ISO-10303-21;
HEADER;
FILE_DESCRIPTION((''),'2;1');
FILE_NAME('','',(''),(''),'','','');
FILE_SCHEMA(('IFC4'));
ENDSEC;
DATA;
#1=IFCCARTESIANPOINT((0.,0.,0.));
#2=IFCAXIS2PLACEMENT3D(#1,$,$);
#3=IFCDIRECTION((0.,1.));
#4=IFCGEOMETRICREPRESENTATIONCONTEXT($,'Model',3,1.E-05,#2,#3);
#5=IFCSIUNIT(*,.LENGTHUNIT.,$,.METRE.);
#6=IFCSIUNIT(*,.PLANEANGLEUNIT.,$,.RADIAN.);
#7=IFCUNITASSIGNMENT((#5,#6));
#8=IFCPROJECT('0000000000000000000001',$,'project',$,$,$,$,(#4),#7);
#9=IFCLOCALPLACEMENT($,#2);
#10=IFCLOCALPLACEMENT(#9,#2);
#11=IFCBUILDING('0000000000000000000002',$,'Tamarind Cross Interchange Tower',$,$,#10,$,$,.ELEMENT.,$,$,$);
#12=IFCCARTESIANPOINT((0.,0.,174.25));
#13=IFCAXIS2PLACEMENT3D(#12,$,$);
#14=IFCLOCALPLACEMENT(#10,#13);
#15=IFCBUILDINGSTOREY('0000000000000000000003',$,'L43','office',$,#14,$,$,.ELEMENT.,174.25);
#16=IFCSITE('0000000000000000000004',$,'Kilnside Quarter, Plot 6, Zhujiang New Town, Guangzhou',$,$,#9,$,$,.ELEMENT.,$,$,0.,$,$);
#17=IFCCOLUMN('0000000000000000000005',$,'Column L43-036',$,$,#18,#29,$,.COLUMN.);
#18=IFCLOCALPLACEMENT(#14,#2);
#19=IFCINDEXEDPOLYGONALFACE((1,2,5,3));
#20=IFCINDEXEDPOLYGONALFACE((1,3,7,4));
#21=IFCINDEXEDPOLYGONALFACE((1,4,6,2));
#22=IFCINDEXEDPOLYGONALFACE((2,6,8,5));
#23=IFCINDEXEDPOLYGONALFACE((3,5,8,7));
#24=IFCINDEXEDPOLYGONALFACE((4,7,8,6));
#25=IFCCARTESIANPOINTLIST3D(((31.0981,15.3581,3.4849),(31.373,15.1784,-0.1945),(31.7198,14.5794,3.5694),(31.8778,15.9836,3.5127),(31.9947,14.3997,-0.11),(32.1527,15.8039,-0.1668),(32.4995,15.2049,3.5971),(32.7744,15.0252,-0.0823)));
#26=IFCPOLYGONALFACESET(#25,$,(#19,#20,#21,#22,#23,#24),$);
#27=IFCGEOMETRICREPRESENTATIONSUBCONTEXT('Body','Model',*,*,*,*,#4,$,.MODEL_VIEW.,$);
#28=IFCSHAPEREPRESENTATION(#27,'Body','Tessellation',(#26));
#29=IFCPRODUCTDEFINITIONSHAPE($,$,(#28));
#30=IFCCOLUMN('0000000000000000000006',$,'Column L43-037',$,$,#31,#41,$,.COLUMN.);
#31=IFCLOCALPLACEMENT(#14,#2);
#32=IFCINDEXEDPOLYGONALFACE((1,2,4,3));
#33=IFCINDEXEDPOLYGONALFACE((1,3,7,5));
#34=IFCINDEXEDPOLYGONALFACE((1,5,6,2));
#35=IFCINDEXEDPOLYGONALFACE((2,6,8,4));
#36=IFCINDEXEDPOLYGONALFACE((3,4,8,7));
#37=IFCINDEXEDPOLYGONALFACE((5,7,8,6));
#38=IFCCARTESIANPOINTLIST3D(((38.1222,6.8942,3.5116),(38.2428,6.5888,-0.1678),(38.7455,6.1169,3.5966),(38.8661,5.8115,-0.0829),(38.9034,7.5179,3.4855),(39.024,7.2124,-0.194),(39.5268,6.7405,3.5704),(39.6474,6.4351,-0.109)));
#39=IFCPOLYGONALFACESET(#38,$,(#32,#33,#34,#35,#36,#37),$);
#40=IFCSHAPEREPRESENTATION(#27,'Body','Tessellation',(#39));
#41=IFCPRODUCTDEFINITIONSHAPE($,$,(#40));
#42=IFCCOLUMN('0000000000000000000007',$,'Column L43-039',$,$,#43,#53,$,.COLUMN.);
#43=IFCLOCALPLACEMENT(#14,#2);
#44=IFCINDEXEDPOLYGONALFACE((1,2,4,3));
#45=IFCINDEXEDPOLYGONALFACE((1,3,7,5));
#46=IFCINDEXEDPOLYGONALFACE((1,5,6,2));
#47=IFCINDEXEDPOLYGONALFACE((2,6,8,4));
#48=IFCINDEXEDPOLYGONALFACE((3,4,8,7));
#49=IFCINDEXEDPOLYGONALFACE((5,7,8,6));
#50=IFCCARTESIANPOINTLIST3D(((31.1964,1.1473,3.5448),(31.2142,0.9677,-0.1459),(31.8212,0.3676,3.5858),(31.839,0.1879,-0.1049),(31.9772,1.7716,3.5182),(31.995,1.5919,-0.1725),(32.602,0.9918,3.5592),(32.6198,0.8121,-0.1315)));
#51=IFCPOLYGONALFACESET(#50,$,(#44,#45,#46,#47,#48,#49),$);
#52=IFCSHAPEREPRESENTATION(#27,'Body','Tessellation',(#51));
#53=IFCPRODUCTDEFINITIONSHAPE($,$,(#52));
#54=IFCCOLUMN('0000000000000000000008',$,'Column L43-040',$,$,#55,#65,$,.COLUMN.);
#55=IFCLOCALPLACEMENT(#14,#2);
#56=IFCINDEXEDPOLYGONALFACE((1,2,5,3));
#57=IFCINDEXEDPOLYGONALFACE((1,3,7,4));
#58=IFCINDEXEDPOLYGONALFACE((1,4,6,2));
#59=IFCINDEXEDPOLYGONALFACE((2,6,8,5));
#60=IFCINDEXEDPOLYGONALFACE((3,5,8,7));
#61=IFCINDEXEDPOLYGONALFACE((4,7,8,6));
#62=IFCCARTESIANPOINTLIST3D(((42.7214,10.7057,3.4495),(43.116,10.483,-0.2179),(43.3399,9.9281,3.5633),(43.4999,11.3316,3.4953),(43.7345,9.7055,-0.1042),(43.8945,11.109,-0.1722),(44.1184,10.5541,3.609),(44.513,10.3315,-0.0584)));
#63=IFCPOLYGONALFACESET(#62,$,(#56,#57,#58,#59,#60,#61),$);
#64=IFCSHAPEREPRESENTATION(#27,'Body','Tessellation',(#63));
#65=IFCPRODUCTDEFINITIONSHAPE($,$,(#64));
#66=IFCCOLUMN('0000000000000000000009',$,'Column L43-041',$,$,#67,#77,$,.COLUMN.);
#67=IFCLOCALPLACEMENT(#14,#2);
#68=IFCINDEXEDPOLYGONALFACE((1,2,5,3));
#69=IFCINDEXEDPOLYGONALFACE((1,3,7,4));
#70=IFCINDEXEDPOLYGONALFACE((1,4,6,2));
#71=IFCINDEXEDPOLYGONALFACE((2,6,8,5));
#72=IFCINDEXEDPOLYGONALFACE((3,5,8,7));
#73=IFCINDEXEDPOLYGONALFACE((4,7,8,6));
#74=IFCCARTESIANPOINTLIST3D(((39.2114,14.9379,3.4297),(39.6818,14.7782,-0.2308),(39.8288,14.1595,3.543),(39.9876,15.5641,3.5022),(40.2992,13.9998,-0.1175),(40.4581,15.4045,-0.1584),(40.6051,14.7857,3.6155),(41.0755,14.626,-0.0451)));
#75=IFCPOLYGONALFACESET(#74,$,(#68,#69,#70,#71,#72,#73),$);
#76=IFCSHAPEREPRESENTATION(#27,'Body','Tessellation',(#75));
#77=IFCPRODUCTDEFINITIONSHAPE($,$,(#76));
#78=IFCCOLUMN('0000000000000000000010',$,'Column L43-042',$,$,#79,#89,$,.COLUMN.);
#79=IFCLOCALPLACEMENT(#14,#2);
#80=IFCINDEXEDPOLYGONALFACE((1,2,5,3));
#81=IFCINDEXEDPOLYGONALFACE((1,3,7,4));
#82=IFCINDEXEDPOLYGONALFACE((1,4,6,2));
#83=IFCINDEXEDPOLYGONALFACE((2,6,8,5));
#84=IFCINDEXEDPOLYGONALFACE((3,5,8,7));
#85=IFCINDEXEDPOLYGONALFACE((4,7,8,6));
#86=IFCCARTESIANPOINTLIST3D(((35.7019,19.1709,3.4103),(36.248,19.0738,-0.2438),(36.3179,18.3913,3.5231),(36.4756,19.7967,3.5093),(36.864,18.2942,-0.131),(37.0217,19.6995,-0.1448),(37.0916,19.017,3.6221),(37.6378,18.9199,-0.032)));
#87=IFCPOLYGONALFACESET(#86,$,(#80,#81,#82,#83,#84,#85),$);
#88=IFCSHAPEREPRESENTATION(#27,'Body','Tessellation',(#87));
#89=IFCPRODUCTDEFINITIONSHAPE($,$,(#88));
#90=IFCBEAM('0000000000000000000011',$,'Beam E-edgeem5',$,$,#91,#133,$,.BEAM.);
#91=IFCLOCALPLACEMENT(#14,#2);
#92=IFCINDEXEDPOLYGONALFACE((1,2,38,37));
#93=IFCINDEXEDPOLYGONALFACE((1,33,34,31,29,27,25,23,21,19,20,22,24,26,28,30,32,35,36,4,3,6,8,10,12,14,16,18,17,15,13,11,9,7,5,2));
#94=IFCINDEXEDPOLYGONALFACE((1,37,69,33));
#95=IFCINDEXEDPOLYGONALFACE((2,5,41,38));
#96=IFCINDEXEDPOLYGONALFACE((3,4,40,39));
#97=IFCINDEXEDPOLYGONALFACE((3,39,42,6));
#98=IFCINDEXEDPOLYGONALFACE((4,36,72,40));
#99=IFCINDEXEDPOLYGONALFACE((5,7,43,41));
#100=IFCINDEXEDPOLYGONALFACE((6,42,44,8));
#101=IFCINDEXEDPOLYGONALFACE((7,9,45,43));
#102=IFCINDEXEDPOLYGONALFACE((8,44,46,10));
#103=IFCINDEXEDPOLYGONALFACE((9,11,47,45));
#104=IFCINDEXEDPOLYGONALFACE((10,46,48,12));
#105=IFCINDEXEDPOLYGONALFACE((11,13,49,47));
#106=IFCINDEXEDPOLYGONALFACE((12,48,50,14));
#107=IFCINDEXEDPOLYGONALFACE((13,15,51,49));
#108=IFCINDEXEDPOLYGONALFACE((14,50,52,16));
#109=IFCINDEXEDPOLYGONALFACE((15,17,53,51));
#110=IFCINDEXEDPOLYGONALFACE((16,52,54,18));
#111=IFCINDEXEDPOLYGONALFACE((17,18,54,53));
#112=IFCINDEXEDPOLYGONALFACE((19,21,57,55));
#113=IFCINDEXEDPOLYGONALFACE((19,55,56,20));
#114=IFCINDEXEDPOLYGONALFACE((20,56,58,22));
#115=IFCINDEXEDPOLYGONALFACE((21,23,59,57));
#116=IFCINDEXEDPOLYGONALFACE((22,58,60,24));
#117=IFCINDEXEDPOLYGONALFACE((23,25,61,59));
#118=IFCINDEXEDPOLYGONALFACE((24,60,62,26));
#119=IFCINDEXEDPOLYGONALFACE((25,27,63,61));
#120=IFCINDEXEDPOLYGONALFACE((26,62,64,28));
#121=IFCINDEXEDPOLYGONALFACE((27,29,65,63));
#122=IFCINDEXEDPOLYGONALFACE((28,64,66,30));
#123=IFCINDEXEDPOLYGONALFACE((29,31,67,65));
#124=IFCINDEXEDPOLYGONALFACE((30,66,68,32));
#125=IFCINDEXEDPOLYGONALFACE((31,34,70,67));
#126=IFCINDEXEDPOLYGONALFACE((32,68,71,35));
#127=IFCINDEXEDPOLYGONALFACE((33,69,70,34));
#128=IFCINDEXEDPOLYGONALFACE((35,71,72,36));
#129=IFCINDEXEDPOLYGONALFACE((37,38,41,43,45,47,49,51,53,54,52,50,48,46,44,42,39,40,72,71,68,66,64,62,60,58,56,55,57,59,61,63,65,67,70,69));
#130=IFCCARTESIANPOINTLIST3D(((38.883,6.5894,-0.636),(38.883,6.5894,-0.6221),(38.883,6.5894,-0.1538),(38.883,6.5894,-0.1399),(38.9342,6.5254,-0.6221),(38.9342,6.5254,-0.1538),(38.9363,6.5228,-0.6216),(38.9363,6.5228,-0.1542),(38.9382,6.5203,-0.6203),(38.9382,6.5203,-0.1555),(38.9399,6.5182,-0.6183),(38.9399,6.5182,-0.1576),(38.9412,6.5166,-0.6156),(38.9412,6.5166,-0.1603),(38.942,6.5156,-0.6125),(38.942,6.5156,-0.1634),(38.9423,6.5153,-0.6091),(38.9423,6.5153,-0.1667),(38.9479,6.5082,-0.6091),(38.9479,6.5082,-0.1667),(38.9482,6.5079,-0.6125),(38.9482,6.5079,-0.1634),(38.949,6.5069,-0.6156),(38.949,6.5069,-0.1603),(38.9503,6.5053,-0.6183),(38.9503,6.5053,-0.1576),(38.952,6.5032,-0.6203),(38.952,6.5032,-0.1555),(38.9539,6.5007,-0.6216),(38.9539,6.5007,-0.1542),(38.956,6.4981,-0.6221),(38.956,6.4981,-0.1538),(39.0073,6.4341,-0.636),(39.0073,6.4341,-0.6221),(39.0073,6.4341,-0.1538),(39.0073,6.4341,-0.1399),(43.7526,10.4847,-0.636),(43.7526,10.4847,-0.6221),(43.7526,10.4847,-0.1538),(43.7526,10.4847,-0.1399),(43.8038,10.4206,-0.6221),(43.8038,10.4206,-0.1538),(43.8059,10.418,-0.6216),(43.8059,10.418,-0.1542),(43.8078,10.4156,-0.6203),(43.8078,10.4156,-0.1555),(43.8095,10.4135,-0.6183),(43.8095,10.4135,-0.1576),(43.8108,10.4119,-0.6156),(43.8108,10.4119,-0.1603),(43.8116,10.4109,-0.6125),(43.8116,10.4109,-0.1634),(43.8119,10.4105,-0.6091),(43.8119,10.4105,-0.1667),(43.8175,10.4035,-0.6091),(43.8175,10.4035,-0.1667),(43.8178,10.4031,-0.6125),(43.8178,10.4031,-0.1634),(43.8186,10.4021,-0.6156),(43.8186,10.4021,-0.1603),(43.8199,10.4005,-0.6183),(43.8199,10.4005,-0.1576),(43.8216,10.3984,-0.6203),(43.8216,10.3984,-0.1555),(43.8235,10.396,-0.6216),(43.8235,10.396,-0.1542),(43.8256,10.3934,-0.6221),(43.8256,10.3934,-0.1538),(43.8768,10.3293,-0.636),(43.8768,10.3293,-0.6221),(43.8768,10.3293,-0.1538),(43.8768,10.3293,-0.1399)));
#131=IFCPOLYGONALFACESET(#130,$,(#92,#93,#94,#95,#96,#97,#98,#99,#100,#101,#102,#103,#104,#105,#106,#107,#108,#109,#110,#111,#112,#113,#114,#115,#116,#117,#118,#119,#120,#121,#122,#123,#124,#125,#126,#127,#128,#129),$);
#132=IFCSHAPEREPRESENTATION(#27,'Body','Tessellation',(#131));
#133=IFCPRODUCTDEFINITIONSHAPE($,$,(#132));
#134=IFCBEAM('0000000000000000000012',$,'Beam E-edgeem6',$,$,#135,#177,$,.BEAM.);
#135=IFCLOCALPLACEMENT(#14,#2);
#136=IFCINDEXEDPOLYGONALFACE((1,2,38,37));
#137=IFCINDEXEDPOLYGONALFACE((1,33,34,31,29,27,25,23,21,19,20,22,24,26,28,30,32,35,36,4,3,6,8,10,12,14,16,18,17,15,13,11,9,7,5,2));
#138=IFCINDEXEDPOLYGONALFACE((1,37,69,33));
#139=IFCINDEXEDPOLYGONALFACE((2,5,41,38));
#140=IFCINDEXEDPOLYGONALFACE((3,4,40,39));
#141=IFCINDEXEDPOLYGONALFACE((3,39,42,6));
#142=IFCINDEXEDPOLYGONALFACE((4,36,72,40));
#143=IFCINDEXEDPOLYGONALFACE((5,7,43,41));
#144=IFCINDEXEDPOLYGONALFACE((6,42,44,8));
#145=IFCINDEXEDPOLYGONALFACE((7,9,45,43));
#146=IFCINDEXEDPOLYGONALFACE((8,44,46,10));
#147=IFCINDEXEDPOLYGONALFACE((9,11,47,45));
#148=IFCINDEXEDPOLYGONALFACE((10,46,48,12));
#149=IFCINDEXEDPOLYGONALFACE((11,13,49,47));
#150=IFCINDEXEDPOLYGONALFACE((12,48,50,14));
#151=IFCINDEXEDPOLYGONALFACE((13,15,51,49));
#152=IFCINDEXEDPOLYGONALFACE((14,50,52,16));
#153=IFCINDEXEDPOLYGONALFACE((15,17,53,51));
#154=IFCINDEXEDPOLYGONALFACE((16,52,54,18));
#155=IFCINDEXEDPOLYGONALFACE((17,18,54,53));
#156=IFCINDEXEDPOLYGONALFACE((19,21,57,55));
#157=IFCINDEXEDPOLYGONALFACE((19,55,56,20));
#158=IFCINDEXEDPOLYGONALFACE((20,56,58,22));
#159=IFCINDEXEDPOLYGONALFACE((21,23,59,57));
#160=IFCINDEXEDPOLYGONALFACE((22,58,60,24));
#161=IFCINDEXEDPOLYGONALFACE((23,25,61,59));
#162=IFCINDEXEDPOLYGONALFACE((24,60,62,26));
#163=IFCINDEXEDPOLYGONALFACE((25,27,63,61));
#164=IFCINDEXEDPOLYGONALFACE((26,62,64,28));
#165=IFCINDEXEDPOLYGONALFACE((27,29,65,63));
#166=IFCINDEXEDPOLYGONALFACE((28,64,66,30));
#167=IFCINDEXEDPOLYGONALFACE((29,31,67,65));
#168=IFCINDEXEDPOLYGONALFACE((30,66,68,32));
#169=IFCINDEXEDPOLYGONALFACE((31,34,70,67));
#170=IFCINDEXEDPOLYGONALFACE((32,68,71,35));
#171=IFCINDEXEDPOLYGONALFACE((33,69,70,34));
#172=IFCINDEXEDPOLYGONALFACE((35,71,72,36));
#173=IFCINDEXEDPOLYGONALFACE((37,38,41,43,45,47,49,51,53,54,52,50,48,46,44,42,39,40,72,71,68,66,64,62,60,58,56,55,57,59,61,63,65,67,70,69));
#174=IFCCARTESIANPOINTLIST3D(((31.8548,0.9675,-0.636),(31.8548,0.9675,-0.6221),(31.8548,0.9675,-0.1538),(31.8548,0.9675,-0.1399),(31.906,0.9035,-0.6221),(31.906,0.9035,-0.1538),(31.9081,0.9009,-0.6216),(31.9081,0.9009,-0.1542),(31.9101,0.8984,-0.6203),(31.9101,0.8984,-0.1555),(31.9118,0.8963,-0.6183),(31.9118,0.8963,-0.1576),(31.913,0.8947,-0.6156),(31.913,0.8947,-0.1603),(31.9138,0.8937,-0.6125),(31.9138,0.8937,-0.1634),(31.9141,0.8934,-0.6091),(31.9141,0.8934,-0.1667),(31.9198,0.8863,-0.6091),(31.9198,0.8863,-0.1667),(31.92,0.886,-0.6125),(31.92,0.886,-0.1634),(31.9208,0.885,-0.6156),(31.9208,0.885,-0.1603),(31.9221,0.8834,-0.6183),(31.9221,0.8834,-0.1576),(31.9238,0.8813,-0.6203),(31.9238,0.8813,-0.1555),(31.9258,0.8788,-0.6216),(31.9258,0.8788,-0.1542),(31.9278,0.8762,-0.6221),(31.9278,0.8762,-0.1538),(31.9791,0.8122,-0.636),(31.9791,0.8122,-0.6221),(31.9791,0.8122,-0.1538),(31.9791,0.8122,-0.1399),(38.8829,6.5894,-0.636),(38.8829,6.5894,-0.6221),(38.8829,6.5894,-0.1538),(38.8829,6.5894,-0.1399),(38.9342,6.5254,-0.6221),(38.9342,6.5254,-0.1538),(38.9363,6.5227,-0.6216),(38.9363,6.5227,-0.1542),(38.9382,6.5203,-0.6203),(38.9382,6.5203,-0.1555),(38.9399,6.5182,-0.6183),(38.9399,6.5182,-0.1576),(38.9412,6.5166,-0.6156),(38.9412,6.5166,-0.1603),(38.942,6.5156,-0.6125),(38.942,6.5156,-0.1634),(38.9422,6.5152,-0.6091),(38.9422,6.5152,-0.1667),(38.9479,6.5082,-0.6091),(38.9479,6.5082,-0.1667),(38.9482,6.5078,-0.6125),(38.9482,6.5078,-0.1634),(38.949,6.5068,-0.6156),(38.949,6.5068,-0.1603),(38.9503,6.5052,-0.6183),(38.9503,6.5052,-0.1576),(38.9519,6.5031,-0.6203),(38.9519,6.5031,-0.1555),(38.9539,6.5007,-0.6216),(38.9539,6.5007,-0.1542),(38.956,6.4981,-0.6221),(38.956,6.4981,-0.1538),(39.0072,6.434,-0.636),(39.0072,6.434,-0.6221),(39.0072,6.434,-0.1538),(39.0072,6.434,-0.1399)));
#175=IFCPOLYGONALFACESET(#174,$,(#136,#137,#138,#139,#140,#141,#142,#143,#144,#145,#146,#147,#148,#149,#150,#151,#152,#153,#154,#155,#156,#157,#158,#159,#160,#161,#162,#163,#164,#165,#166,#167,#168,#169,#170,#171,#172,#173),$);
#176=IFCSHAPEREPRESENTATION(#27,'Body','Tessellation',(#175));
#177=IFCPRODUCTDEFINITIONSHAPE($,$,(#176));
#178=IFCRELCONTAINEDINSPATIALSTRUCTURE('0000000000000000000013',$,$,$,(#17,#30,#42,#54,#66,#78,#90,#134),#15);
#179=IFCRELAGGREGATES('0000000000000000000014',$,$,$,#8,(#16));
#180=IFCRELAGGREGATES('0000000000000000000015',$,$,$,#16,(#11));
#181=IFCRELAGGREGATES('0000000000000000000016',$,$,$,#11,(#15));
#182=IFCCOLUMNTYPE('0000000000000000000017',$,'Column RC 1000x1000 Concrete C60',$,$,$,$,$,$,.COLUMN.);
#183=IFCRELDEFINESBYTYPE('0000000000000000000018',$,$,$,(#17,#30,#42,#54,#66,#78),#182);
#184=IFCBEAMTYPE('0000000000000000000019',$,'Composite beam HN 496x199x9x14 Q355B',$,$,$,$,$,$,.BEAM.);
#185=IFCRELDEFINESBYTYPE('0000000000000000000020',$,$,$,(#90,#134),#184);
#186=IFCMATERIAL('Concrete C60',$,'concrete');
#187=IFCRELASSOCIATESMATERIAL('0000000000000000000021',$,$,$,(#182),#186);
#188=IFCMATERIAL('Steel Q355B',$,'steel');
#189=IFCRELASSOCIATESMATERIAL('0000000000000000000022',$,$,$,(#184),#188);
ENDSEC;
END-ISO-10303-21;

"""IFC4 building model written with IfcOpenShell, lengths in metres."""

from ifc_helpers import new_model, si_unit, direction, frame, origin, origin_2d, place, context, subcontext, project, spatial, rectangle, i_section, extrude, material, material_profile, profile_set, type_object, element, save


model = new_model("IFC4")

# Units and contexts
model_context = context("Model", 3, precision=1e-05, world=origin(), true_north=direction((0.0, 1.0)))
body_context = subcontext(model_context, "Body", "Model", "MODEL_VIEW")
ifc_project = project(units=[si_unit("LENGTHUNIT", "METRE"), si_unit("PLANEANGLEUNIT", "RADIAN")], contexts=[model_context])

# Site, building, storey
site_placement = place(None, origin())
site = spatial("IfcSite", under=ifc_project, at=site_placement, Name="Kilnside Quarter, Plot 6, Zhujiang New Town, Guangzhou", CompositionType="ELEMENT", RefElevation=0.0)
building_placement = place(site_placement, origin())
building = spatial("IfcBuilding", under=site, at=building_placement, Name="Tamarind Cross Interchange Tower", CompositionType="ELEMENT")
storey_placement = place(building_placement, frame((0.0, 0.0, 174.25)))
storey = spatial("IfcBuildingStorey", under=building, at=storey_placement, Name="L43", Description="office", CompositionType="ELEMENT", Elevation=174.25)

# Columns
ifc_material_1 = material(Name="Concrete C60", Category="concrete")
ifc_material_profile_1 = material_profile(ifc_material_1, rectangle(XDim=1.0, YDim=1.0, at=origin_2d()), Name="RC 1000x1000")
ifc_profile_set_1 = profile_set([ifc_material_profile_1], Name="Concrete C60")
column_type = type_object("IfcColumnType", Name="Column RC 1000x1000 Concrete C60", PredefinedType="COLUMN", material=ifc_profile_set_1)
for number, where, z_axis, x_axis, name in (
    (1, (32.0737, 15.1018, -0.1384), (-0.074417, 0.048642, 0.99604), (0.621696, -0.77869, 0.084477), "Column L43-036"),
    (2, (38.9451, 6.512, -0.1384), (-0.032648, 0.082679, 0.996041), (-0.781269, -0.623646, 0.026158), "Column L43-037"),
):
    element("IfcColumn", number, at=place(storey_placement, frame(where, z_axis=z_axis, x_axis=x_axis)), inside=storey, type_object=column_type, Name=name, PredefinedType="COLUMN", context=body_context, shape_type="SweptSolid", body=[
        extrude(rectangle(XDim=1.0, YDim=1.0, at=origin_2d()), origin(), (0.0, 0.0, 1.0), 3.6941),
    ])
column_1_placement = place(storey_placement, frame((31.917, 0.8899, -0.1387), z_axis=(-0.004823, 0.048629, 0.998805), x_axis=(-0.780796, -0.624219, 0.026621)))
element("IfcColumn", 3, at=column_1_placement, inside=storey, type_object=column_type, Name="Column L43-039", PredefinedType="COLUMN", context=body_context, shape_type="SweptSolid", body=[
    extrude(rectangle(XDim=1.0, YDim=1.0, at=origin_2d()), origin(), (0.0, 0.0, 1.0), 3.6951),
])
column_2_placement = place(storey_placement, frame((43.8145, 10.4072, -0.1382), z_axis=(-0.106764, 0.060253, 0.992457), x_axis=(0.618496, -0.777513, 0.113739)))
element("IfcColumn", 4, at=column_2_placement, inside=storey, type_object=column_type, Name="Column L43-040", PredefinedType="COLUMN", context=body_context, shape_type="SweptSolid", body=[
    extrude(rectangle(XDim=1.0, YDim=1.0, at=origin_2d()), origin(), (0.0, 0.0, 1.0), 3.6953),
])
column_3_placement = place(storey_placement, frame((40.3787, 14.7021, -0.1379), z_axis=(-0.127351, 0.043221, 0.990916), x_axis=(0.617416, -0.778435, 0.113302)))
element("IfcColumn", 5, at=column_3_placement, inside=storey, type_object=column_type, Name="Column L43-041", PredefinedType="COLUMN", context=body_context, shape_type="SweptSolid", body=[
    extrude(rectangle(XDim=1.0, YDim=1.0, at=origin_2d()), origin(), (0.0, 0.0, 1.0), 3.6941),
])
column_4_placement = place(storey_placement, frame((36.9429, 18.9968, -0.1379), z_axis=(-0.147759, 0.026289, 0.988674), x_axis=(0.616024, -0.77961, 0.112796)))
element("IfcColumn", 6, at=column_4_placement, inside=storey, type_object=column_type, Name="Column L43-042", PredefinedType="COLUMN", context=body_context, shape_type="SweptSolid", body=[
    extrude(rectangle(XDim=1.0, YDim=1.0, at=origin_2d()), origin(), (0.0, 0.0, 1.0), 3.696),
])

# Beams
ifc_material_2 = material(Name="Steel Q355B", Category="steel")
ifc_material_profile_2 = material_profile(ifc_material_2, i_section(OverallWidth=0.199, OverallDepth=0.4961, WebThickness=0.009, FlangeThickness=0.0139, FilletRadius=0.0129, at=origin_2d()), Name="HN 496x199x9x14")
ifc_profile_set_2 = profile_set([ifc_material_profile_2], Name="Steel Q355B")
beam_type_1 = type_object("IfcBeamType", Name="Composite beam HN 496x199x9x14 Q355B", PredefinedType="BEAM", material=ifc_profile_set_2)
beam_1_placement = place(storey_placement, frame((43.8147, 10.407, -0.3879), z_axis=(-0.780903, -0.624652, 0.0), x_axis=(0.624652, -0.780903, 0.0)))
element("IfcBeam", 7, at=beam_1_placement, inside=storey, type_object=beam_type_1, Name="Beam E-edgeem5", PredefinedType="BEAM", context=body_context, shape_type="SweptSolid", body=[
    extrude(i_section(OverallWidth=0.199, OverallDepth=0.4961, WebThickness=0.009, FlangeThickness=0.0139, FilletRadius=0.0129, at=origin_2d()), origin(), (0.0, 0.0, 1.0), 6.2358),
])
beam_2_placement = place(storey_placement, frame((38.9451, 6.5117, -0.3879), z_axis=(-0.780903, -0.624652, 0.0), x_axis=(0.624652, -0.780903, 0.0)))
element("IfcBeam", 8, at=beam_2_placement, inside=storey, type_object=beam_type_1, Name="Beam E-edgeem6", PredefinedType="BEAM", context=body_context, shape_type="SweptSolid", body=[
    extrude(i_section(OverallWidth=0.199, OverallDepth=0.4961, WebThickness=0.009, FlangeThickness=0.0139, FilletRadius=0.0129, at=origin_2d()), origin(), (0.0, 0.0, 1.0), 9.0),
])

save(model, "model.ifc")
